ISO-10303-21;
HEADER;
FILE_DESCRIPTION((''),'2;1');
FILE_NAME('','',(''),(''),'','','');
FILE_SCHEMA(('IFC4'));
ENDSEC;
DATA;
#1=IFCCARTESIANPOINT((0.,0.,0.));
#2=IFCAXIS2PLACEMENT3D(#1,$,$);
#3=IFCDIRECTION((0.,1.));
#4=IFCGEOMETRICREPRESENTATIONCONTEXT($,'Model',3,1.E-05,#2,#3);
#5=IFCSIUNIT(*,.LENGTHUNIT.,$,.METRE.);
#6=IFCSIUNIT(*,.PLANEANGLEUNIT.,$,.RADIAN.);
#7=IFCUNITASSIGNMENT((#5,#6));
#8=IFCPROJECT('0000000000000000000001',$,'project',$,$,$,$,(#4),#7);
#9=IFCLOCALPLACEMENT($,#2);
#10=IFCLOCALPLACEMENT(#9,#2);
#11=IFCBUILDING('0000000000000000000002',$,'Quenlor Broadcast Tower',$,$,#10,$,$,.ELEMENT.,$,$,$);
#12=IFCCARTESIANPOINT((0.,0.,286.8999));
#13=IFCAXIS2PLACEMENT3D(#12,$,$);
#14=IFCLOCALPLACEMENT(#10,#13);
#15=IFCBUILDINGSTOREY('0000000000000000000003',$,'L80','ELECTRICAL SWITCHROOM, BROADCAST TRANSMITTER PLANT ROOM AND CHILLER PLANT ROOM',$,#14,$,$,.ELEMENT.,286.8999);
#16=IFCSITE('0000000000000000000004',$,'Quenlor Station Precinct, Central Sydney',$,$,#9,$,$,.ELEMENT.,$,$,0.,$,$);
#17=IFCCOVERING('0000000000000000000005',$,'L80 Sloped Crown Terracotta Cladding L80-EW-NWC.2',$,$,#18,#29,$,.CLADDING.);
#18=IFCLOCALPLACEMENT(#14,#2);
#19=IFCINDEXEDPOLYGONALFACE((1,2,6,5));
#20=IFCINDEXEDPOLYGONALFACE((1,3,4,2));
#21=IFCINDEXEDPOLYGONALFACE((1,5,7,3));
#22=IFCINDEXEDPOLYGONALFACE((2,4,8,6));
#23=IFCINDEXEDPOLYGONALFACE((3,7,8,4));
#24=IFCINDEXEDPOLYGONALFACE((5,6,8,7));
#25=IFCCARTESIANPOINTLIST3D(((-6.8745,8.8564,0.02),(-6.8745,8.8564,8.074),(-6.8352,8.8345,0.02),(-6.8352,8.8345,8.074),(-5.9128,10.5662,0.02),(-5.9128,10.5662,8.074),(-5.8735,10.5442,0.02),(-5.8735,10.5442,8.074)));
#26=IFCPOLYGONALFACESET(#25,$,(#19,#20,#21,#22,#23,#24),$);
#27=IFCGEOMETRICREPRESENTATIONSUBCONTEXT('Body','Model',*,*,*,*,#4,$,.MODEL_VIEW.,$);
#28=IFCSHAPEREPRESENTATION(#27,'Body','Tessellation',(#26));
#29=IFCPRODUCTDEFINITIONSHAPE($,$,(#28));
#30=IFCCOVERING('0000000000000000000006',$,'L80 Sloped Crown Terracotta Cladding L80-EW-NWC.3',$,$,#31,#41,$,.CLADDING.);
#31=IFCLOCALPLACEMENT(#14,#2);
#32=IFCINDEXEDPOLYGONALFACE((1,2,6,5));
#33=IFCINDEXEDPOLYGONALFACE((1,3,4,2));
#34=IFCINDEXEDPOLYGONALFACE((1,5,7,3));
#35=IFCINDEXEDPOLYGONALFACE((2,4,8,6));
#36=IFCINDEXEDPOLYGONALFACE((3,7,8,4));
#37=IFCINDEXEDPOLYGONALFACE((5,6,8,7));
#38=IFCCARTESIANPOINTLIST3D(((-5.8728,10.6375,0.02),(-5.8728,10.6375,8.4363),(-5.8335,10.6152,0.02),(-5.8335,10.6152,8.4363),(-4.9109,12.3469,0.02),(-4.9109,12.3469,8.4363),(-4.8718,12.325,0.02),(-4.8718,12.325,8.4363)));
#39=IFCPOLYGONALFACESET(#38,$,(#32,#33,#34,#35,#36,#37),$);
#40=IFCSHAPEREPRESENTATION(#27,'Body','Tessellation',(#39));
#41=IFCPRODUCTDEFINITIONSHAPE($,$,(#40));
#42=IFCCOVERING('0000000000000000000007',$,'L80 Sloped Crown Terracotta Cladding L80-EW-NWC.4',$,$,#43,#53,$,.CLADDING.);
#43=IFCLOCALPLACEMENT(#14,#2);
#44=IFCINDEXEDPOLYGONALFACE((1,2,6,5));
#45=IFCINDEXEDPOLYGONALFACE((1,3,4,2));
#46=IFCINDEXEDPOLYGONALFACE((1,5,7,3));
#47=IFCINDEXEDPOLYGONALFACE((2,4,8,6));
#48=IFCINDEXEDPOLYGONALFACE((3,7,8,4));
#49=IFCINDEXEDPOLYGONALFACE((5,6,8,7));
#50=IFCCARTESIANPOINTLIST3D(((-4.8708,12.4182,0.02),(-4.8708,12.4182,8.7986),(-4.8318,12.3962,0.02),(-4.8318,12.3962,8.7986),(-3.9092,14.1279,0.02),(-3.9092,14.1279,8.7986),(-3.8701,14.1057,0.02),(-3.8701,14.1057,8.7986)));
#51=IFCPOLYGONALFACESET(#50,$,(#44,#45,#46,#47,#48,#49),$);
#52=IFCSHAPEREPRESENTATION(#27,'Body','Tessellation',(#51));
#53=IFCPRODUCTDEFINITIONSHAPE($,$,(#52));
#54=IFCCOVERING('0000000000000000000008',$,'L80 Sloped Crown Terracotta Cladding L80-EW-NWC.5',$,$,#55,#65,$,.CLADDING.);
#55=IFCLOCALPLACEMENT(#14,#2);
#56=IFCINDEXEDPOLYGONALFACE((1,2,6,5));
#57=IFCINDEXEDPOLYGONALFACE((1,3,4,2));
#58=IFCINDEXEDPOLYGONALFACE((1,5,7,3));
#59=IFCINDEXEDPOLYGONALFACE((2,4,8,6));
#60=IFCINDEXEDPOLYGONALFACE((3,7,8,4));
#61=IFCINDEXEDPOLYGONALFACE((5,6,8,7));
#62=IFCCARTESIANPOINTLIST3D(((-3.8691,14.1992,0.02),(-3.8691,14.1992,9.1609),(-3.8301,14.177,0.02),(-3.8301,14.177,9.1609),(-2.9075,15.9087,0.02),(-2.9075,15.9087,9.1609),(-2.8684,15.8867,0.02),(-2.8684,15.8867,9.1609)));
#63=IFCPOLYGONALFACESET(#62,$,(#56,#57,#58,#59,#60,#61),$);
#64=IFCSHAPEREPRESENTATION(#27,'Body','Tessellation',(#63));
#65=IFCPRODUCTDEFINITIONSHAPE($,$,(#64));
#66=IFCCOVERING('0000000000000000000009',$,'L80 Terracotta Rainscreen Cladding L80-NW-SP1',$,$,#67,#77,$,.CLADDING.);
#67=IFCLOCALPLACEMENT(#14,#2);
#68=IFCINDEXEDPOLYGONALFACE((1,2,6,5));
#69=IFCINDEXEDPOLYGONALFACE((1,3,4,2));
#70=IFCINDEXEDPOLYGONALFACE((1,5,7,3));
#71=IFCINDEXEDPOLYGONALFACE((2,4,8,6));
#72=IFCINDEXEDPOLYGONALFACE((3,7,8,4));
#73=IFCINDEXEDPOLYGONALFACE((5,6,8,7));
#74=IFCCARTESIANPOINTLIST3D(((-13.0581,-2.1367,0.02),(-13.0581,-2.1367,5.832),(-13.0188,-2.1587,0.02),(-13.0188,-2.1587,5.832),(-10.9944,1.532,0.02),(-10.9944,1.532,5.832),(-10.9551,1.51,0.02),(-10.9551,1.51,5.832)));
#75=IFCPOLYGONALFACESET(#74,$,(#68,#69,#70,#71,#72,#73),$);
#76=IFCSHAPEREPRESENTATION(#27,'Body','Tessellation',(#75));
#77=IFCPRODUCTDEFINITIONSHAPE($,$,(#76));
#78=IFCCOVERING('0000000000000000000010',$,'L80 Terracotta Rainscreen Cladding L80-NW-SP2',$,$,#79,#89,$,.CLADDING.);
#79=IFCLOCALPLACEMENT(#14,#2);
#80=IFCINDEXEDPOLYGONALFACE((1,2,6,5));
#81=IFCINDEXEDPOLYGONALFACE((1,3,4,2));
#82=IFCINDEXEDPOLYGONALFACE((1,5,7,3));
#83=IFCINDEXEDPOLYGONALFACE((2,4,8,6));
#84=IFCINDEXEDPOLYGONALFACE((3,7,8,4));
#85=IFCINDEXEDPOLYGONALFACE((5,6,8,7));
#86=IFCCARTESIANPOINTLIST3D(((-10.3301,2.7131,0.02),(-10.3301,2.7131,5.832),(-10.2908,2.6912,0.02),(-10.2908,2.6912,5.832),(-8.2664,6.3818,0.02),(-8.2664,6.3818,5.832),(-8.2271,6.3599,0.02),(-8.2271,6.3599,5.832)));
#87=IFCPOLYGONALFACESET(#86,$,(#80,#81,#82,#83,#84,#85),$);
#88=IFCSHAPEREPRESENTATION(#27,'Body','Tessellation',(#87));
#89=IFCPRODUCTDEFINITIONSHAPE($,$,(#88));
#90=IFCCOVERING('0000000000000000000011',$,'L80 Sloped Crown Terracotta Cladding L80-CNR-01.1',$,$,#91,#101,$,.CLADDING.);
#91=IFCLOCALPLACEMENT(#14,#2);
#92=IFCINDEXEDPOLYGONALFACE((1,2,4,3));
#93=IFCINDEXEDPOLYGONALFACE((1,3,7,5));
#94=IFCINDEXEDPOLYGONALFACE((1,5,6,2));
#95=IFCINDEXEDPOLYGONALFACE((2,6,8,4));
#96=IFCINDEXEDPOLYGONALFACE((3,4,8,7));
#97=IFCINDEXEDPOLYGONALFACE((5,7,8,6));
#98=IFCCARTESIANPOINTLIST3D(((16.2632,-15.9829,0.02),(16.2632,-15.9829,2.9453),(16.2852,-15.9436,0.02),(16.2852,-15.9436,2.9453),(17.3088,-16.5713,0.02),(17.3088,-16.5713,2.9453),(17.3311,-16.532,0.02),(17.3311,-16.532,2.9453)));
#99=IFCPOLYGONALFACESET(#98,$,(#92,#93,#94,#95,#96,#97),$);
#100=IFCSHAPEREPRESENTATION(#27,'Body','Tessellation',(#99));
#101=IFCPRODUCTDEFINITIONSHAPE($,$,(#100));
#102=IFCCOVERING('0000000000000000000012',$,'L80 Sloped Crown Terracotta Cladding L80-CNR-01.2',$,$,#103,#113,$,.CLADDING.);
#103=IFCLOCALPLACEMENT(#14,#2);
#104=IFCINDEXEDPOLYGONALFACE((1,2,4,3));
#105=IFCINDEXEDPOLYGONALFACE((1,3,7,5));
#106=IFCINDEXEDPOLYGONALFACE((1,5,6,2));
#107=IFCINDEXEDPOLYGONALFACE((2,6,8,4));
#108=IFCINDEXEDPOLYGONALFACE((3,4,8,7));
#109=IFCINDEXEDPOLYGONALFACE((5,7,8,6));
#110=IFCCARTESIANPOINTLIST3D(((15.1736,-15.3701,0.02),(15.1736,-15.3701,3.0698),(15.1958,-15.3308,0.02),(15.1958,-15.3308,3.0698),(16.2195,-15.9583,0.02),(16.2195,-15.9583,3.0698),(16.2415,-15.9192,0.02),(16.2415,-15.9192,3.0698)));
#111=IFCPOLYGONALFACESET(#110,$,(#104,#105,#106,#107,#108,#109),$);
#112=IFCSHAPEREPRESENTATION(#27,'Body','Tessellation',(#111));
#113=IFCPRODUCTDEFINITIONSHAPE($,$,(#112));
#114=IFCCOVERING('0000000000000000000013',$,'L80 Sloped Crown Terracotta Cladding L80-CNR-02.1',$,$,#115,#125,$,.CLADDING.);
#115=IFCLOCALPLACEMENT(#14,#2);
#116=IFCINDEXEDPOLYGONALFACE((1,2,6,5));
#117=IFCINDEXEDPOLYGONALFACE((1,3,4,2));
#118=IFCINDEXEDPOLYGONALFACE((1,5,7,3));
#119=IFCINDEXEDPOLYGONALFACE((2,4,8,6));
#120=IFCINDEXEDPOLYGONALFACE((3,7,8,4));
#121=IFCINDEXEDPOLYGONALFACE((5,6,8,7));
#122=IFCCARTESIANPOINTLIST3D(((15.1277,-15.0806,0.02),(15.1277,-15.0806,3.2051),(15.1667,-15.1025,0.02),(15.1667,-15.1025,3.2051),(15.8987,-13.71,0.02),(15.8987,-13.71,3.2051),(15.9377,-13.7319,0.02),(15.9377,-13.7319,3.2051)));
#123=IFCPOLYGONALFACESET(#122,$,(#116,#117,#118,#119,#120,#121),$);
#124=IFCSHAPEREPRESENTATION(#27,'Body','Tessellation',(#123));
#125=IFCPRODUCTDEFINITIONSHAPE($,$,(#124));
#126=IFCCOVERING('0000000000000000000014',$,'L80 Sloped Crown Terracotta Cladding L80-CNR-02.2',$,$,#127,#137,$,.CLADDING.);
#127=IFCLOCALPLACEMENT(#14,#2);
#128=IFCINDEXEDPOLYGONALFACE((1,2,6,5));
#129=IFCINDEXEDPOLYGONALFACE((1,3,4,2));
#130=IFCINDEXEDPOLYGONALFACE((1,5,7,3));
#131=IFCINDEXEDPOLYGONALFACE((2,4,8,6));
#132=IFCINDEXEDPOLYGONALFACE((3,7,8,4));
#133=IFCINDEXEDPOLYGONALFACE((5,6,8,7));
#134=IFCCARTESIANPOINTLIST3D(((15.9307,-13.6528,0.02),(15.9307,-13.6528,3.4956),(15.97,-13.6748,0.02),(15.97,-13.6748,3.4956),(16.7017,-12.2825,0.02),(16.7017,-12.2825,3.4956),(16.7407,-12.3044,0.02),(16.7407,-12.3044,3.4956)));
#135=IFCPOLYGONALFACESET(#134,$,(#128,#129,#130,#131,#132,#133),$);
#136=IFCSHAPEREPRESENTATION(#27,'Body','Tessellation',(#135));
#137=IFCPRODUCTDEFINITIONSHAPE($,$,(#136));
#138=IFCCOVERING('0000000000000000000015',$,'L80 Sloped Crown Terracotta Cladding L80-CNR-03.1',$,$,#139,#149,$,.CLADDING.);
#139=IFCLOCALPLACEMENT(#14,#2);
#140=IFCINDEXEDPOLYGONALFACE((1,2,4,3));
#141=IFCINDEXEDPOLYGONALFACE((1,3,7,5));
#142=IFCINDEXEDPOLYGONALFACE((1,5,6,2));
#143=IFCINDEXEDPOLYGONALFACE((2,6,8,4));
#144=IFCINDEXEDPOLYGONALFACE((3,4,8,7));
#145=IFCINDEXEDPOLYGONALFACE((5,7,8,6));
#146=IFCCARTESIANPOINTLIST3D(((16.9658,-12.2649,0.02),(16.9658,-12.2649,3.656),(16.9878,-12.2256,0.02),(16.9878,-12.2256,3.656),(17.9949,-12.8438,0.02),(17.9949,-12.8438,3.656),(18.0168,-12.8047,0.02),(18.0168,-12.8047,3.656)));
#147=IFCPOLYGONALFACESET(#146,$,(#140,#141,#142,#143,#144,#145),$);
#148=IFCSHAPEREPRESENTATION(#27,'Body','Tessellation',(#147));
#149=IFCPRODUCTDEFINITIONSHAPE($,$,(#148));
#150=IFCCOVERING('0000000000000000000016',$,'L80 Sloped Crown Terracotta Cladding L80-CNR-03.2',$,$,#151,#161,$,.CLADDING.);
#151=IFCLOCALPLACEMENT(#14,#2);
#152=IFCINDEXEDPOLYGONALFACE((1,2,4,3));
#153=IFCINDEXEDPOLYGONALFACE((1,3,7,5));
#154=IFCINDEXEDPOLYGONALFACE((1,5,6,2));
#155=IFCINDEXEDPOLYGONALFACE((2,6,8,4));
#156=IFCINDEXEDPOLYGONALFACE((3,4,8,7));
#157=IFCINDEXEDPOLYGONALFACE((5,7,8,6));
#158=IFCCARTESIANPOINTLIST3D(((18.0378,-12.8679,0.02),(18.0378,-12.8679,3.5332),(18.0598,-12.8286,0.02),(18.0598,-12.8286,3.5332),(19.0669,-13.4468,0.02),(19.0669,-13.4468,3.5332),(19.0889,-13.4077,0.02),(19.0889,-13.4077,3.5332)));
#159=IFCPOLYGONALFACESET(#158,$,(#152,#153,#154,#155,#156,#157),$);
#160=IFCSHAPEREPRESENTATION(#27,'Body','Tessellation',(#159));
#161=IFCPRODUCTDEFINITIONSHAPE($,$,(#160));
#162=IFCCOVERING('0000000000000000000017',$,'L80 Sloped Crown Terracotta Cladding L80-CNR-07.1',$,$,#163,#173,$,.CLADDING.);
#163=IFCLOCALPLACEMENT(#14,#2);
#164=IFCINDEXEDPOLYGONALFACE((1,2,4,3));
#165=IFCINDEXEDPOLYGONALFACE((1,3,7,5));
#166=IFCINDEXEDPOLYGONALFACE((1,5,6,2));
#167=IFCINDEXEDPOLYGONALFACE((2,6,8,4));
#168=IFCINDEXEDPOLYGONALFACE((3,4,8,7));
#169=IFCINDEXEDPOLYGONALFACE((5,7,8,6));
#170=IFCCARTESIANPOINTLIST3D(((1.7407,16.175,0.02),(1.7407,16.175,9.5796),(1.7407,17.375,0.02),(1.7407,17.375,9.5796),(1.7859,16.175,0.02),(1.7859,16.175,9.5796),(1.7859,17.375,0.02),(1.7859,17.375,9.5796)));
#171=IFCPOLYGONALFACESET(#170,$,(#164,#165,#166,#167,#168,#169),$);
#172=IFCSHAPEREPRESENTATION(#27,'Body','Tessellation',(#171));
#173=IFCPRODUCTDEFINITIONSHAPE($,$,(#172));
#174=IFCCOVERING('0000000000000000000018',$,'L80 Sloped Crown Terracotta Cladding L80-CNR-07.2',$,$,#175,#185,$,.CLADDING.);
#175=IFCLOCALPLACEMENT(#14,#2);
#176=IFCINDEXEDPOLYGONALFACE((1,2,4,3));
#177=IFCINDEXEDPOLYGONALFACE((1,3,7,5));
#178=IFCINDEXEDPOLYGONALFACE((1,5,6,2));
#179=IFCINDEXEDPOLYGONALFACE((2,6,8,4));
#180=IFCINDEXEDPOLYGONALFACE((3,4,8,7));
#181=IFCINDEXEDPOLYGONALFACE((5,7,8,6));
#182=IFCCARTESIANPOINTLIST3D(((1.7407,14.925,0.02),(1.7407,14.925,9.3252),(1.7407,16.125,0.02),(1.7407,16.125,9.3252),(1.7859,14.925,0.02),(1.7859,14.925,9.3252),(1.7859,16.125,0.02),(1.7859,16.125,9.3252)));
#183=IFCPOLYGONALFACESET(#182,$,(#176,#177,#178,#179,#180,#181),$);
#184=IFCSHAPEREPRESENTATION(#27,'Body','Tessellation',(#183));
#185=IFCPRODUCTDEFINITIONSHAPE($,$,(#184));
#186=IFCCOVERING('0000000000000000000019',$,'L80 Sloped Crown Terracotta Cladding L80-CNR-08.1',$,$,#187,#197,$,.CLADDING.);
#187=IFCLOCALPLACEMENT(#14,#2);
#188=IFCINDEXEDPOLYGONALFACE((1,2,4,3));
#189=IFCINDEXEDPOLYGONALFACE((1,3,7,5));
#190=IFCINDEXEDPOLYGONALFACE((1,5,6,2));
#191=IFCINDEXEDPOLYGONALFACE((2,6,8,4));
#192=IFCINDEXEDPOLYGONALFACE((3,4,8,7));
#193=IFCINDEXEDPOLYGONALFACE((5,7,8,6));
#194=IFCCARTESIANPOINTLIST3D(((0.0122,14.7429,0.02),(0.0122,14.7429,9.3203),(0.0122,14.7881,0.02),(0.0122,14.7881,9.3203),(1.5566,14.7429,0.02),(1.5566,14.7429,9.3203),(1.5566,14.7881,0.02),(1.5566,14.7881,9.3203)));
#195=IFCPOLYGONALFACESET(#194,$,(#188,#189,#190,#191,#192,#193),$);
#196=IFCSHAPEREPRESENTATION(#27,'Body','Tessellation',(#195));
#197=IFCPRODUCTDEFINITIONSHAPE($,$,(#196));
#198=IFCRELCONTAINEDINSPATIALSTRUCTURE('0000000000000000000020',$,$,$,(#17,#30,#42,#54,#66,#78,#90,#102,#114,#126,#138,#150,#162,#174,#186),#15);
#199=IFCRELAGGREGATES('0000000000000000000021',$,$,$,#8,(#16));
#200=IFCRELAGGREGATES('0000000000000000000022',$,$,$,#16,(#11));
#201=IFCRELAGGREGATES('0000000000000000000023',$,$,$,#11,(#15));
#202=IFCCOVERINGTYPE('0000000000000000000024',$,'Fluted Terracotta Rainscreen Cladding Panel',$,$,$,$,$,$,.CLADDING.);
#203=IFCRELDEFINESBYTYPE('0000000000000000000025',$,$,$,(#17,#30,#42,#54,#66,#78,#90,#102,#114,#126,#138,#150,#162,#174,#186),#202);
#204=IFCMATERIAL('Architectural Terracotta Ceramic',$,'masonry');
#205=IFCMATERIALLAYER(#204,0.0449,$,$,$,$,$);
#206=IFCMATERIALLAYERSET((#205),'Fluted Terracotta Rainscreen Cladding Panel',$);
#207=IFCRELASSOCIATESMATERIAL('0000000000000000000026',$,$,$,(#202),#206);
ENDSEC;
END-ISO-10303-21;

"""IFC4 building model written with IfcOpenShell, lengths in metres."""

from ifc_helpers import new_model, si_unit, direction, frame, origin, place, context, subcontext, project, spatial, polyline, outline, extrude, material, layer, layer_set, type_object, element, save


model = new_model("IFC4")

# Units and contexts
model_context = context("Model", 3, precision=1e-05, world=origin(), true_north=direction((0.0, 1.0)))
body_context = subcontext(model_context, "Body", "Model", "MODEL_VIEW")
ifc_project = project(units=[si_unit("LENGTHUNIT", "METRE"), si_unit("PLANEANGLEUNIT", "RADIAN")], contexts=[model_context])

# Site, building, storey
site_placement = place(None, origin())
site = spatial("IfcSite", under=ifc_project, at=site_placement, Name="Quenlor Station Precinct, Central Sydney", CompositionType="ELEMENT", RefElevation=0.0)
building_placement = place(site_placement, origin())
building = spatial("IfcBuilding", under=site, at=building_placement, Name="Quenlor Broadcast Tower", CompositionType="ELEMENT")
storey_placement = place(building_placement, frame((0.0, 0.0, 286.8999)))
storey = spatial("IfcBuildingStorey", under=building, at=storey_placement, Name="L80", Description="ELECTRICAL SWITCHROOM, BROADCAST TRANSMITTER PLANT ROOM AND CHILLER PLANT ROOM", CompositionType="ELEMENT", Elevation=286.8999)

# Coverings
ifc_material_1 = material(Name="Architectural Terracotta Ceramic", Category="masonry")
ifc_layer_1 = layer(ifc_material_1, 0.0449)
ifc_layer_set_1 = layer_set([ifc_layer_1], Name="Fluted Terracotta Rainscreen Cladding Panel")
covering_type = type_object("IfcCoveringType", Name="Fluted Terracotta Rainscreen Cladding Panel", PredefinedType="CLADDING", material=ifc_layer_set_1)
covering_1_placement = place(storey_placement, frame((0.0, 0.0, 0.02)))
element("IfcCovering", 1, at=covering_1_placement, inside=storey, type_object=covering_type, Name="L80 Sloped Crown Terracotta Cladding L80-EW-NWC.2", PredefinedType="CLADDING", context=body_context, shape_type="SweptSolid", body=[
    extrude(outline(polyline([(-6.8352, 8.8345), (-5.8735, 10.5442), (-5.9128, 10.5662), (-6.8745, 8.8564), (-6.8352, 8.8345)])), origin(), (0.0, 0.0, 1.0), 8.054),
])
covering_2_placement = place(storey_placement, frame((0.0, 0.0, 0.02)))
element("IfcCovering", 2, at=covering_2_placement, inside=storey, type_object=covering_type, Name="L80 Sloped Crown Terracotta Cladding L80-EW-NWC.3", PredefinedType="CLADDING", context=body_context, shape_type="SweptSolid", body=[
    extrude(outline(polyline([(-5.8335, 10.6152), (-4.8718, 12.325), (-4.9109, 12.3469), (-5.8728, 10.6375), (-5.8335, 10.6152)])), origin(), (0.0, 0.0, 1.0), 8.4163),
])
covering_3_placement = place(storey_placement, frame((0.0, 0.0, 0.02)))
element("IfcCovering", 3, at=covering_3_placement, inside=storey, type_object=covering_type, Name="L80 Sloped Crown Terracotta Cladding L80-EW-NWC.4", PredefinedType="CLADDING", context=body_context, shape_type="SweptSolid", body=[
    extrude(outline(polyline([(-4.8318, 12.3962), (-3.8701, 14.1057), (-3.9092, 14.1279), (-4.8708, 12.4182), (-4.8318, 12.3962)])), origin(), (0.0, 0.0, 1.0), 8.7786),
])
covering_4_placement = place(storey_placement, frame((0.0, 0.0, 0.02)))
element("IfcCovering", 4, at=covering_4_placement, inside=storey, type_object=covering_type, Name="L80 Sloped Crown Terracotta Cladding L80-EW-NWC.5", PredefinedType="CLADDING", context=body_context, shape_type="SweptSolid", body=[
    extrude(outline(polyline([(-3.8301, 14.177), (-2.8684, 15.8867), (-2.9075, 15.9087), (-3.8691, 14.1992), (-3.8301, 14.177)])), origin(), (0.0, 0.0, 1.0), 9.1409),
])
covering_5_placement = place(storey_placement, frame((0.0, 0.0, 0.02)))
element("IfcCovering", 5, at=covering_5_placement, inside=storey, type_object=covering_type, Name="L80 Terracotta Rainscreen Cladding L80-NW-SP1", PredefinedType="CLADDING", context=body_context, shape_type="SweptSolid", body=[
    extrude(outline(polyline([(-13.0188, -2.1587), (-10.9551, 1.51), (-10.9944, 1.532), (-13.0581, -2.1367), (-13.0188, -2.1587)])), origin(), (0.0, 0.0, 1.0), 5.812),
])
covering_6_placement = place(storey_placement, frame((0.0, 0.0, 0.02)))
element("IfcCovering", 6, at=covering_6_placement, inside=storey, type_object=covering_type, Name="L80 Terracotta Rainscreen Cladding L80-NW-SP2", PredefinedType="CLADDING", context=body_context, shape_type="SweptSolid", body=[
    extrude(outline(polyline([(-10.2908, 2.6912), (-8.2271, 6.3599), (-8.2664, 6.3818), (-10.3301, 2.7131), (-10.2908, 2.6912)])), origin(), (0.0, 0.0, 1.0), 5.812),
])
covering_7_placement = place(storey_placement, frame((0.0, 0.0, 0.02)))
element("IfcCovering", 7, at=covering_7_placement, inside=storey, type_object=covering_type, Name="L80 Sloped Crown Terracotta Cladding L80-CNR-01.1", PredefinedType="CLADDING", context=body_context, shape_type="SweptSolid", body=[
    extrude(outline(polyline([(17.3311, -16.532), (16.2852, -15.9436), (16.2632, -15.9829), (17.3088, -16.5713), (17.3311, -16.532)])), origin(), (0.0, 0.0, 1.0), 2.9253),
])
covering_8_placement = place(storey_placement, frame((0.0, 0.0, 0.02)))
element("IfcCovering", 8, at=covering_8_placement, inside=storey, type_object=covering_type, Name="L80 Sloped Crown Terracotta Cladding L80-CNR-01.2", PredefinedType="CLADDING", context=body_context, shape_type="SweptSolid", body=[
    extrude(outline(polyline([(16.2415, -15.9192), (15.1958, -15.3308), (15.1736, -15.3701), (16.2195, -15.9583), (16.2415, -15.9192)])), origin(), (0.0, 0.0, 1.0), 3.0498),
])
covering_9_placement = place(storey_placement, frame((0.0, 0.0, 0.02)))
element("IfcCovering", 9, at=covering_9_placement, inside=storey, type_object=covering_type, Name="L80 Sloped Crown Terracotta Cladding L80-CNR-02.1", PredefinedType="CLADDING", context=body_context, shape_type="SweptSolid", body=[
    extrude(outline(polyline([(15.1667, -15.1025), (15.9377, -13.7319), (15.8987, -13.71), (15.1277, -15.0806), (15.1667, -15.1025)])), origin(), (0.0, 0.0, 1.0), 3.1851),
])
covering_10_placement = place(storey_placement, frame((0.0, 0.0, 0.02)))
element("IfcCovering", 10, at=covering_10_placement, inside=storey, type_object=covering_type, Name="L80 Sloped Crown Terracotta Cladding L80-CNR-02.2", PredefinedType="CLADDING", context=body_context, shape_type="SweptSolid", body=[
    extrude(outline(polyline([(15.97, -13.6748), (16.7407, -12.3044), (16.7017, -12.2825), (15.9307, -13.6528), (15.97, -13.6748)])), origin(), (0.0, 0.0, 1.0), 3.4756),
])
covering_11_placement = place(storey_placement, frame((0.0, 0.0, 0.02)))
element("IfcCovering", 11, at=covering_11_placement, inside=storey, type_object=covering_type, Name="L80 Sloped Crown Terracotta Cladding L80-CNR-03.1", PredefinedType="CLADDING", context=body_context, shape_type="SweptSolid", body=[
    extrude(outline(polyline([(16.9658, -12.2649), (17.9949, -12.8438), (18.0168, -12.8047), (16.9878, -12.2256), (16.9658, -12.2649)])), origin(), (0.0, 0.0, 1.0), 3.636),
])
covering_12_placement = place(storey_placement, frame((0.0, 0.0, 0.02)))
element("IfcCovering", 12, at=covering_12_placement, inside=storey, type_object=covering_type, Name="L80 Sloped Crown Terracotta Cladding L80-CNR-03.2", PredefinedType="CLADDING", context=body_context, shape_type="SweptSolid", body=[
    extrude(outline(polyline([(18.0378, -12.8679), (19.0669, -13.4468), (19.0889, -13.4077), (18.0598, -12.8286), (18.0378, -12.8679)])), origin(), (0.0, 0.0, 1.0), 3.5132),
])
covering_13_placement = place(storey_placement, frame((0.0, 0.0, 0.02)))
element("IfcCovering", 13, at=covering_13_placement, inside=storey, type_object=covering_type, Name="L80 Sloped Crown Terracotta Cladding L80-CNR-07.1", PredefinedType="CLADDING", context=body_context, shape_type="SweptSolid", body=[
    extrude(outline(polyline([(1.7407, 17.375), (1.7407, 16.175), (1.7859, 16.175), (1.7859, 17.375), (1.7407, 17.375)])), origin(), (0.0, 0.0, 1.0), 9.5596),
])
covering_14_placement = place(storey_placement, frame((0.0, 0.0, 0.02)))
element("IfcCovering", 14, at=covering_14_placement, inside=storey, type_object=covering_type, Name="L80 Sloped Crown Terracotta Cladding L80-CNR-07.2", PredefinedType="CLADDING", context=body_context, shape_type="SweptSolid", body=[
    extrude(outline(polyline([(1.7407, 16.125), (1.7407, 14.925), (1.7859, 14.925), (1.7859, 16.125), (1.7407, 16.125)])), origin(), (0.0, 0.0, 1.0), 9.3052),
])
covering_15_placement = place(storey_placement, frame((0.0, 0.0, 0.02)))
element("IfcCovering", 15, at=covering_15_placement, inside=storey, type_object=covering_type, Name="L80 Sloped Crown Terracotta Cladding L80-CNR-08.1", PredefinedType="CLADDING", context=body_context, shape_type="SweptSolid", body=[
    extrude(outline(polyline([(1.5566, 14.7881), (0.0122, 14.7881), (0.0122, 14.7429), (1.5566, 14.7429), (1.5566, 14.7881)])), origin(), (0.0, 0.0, 1.0), 9.3003),
])

save(model, "model.ifc")
